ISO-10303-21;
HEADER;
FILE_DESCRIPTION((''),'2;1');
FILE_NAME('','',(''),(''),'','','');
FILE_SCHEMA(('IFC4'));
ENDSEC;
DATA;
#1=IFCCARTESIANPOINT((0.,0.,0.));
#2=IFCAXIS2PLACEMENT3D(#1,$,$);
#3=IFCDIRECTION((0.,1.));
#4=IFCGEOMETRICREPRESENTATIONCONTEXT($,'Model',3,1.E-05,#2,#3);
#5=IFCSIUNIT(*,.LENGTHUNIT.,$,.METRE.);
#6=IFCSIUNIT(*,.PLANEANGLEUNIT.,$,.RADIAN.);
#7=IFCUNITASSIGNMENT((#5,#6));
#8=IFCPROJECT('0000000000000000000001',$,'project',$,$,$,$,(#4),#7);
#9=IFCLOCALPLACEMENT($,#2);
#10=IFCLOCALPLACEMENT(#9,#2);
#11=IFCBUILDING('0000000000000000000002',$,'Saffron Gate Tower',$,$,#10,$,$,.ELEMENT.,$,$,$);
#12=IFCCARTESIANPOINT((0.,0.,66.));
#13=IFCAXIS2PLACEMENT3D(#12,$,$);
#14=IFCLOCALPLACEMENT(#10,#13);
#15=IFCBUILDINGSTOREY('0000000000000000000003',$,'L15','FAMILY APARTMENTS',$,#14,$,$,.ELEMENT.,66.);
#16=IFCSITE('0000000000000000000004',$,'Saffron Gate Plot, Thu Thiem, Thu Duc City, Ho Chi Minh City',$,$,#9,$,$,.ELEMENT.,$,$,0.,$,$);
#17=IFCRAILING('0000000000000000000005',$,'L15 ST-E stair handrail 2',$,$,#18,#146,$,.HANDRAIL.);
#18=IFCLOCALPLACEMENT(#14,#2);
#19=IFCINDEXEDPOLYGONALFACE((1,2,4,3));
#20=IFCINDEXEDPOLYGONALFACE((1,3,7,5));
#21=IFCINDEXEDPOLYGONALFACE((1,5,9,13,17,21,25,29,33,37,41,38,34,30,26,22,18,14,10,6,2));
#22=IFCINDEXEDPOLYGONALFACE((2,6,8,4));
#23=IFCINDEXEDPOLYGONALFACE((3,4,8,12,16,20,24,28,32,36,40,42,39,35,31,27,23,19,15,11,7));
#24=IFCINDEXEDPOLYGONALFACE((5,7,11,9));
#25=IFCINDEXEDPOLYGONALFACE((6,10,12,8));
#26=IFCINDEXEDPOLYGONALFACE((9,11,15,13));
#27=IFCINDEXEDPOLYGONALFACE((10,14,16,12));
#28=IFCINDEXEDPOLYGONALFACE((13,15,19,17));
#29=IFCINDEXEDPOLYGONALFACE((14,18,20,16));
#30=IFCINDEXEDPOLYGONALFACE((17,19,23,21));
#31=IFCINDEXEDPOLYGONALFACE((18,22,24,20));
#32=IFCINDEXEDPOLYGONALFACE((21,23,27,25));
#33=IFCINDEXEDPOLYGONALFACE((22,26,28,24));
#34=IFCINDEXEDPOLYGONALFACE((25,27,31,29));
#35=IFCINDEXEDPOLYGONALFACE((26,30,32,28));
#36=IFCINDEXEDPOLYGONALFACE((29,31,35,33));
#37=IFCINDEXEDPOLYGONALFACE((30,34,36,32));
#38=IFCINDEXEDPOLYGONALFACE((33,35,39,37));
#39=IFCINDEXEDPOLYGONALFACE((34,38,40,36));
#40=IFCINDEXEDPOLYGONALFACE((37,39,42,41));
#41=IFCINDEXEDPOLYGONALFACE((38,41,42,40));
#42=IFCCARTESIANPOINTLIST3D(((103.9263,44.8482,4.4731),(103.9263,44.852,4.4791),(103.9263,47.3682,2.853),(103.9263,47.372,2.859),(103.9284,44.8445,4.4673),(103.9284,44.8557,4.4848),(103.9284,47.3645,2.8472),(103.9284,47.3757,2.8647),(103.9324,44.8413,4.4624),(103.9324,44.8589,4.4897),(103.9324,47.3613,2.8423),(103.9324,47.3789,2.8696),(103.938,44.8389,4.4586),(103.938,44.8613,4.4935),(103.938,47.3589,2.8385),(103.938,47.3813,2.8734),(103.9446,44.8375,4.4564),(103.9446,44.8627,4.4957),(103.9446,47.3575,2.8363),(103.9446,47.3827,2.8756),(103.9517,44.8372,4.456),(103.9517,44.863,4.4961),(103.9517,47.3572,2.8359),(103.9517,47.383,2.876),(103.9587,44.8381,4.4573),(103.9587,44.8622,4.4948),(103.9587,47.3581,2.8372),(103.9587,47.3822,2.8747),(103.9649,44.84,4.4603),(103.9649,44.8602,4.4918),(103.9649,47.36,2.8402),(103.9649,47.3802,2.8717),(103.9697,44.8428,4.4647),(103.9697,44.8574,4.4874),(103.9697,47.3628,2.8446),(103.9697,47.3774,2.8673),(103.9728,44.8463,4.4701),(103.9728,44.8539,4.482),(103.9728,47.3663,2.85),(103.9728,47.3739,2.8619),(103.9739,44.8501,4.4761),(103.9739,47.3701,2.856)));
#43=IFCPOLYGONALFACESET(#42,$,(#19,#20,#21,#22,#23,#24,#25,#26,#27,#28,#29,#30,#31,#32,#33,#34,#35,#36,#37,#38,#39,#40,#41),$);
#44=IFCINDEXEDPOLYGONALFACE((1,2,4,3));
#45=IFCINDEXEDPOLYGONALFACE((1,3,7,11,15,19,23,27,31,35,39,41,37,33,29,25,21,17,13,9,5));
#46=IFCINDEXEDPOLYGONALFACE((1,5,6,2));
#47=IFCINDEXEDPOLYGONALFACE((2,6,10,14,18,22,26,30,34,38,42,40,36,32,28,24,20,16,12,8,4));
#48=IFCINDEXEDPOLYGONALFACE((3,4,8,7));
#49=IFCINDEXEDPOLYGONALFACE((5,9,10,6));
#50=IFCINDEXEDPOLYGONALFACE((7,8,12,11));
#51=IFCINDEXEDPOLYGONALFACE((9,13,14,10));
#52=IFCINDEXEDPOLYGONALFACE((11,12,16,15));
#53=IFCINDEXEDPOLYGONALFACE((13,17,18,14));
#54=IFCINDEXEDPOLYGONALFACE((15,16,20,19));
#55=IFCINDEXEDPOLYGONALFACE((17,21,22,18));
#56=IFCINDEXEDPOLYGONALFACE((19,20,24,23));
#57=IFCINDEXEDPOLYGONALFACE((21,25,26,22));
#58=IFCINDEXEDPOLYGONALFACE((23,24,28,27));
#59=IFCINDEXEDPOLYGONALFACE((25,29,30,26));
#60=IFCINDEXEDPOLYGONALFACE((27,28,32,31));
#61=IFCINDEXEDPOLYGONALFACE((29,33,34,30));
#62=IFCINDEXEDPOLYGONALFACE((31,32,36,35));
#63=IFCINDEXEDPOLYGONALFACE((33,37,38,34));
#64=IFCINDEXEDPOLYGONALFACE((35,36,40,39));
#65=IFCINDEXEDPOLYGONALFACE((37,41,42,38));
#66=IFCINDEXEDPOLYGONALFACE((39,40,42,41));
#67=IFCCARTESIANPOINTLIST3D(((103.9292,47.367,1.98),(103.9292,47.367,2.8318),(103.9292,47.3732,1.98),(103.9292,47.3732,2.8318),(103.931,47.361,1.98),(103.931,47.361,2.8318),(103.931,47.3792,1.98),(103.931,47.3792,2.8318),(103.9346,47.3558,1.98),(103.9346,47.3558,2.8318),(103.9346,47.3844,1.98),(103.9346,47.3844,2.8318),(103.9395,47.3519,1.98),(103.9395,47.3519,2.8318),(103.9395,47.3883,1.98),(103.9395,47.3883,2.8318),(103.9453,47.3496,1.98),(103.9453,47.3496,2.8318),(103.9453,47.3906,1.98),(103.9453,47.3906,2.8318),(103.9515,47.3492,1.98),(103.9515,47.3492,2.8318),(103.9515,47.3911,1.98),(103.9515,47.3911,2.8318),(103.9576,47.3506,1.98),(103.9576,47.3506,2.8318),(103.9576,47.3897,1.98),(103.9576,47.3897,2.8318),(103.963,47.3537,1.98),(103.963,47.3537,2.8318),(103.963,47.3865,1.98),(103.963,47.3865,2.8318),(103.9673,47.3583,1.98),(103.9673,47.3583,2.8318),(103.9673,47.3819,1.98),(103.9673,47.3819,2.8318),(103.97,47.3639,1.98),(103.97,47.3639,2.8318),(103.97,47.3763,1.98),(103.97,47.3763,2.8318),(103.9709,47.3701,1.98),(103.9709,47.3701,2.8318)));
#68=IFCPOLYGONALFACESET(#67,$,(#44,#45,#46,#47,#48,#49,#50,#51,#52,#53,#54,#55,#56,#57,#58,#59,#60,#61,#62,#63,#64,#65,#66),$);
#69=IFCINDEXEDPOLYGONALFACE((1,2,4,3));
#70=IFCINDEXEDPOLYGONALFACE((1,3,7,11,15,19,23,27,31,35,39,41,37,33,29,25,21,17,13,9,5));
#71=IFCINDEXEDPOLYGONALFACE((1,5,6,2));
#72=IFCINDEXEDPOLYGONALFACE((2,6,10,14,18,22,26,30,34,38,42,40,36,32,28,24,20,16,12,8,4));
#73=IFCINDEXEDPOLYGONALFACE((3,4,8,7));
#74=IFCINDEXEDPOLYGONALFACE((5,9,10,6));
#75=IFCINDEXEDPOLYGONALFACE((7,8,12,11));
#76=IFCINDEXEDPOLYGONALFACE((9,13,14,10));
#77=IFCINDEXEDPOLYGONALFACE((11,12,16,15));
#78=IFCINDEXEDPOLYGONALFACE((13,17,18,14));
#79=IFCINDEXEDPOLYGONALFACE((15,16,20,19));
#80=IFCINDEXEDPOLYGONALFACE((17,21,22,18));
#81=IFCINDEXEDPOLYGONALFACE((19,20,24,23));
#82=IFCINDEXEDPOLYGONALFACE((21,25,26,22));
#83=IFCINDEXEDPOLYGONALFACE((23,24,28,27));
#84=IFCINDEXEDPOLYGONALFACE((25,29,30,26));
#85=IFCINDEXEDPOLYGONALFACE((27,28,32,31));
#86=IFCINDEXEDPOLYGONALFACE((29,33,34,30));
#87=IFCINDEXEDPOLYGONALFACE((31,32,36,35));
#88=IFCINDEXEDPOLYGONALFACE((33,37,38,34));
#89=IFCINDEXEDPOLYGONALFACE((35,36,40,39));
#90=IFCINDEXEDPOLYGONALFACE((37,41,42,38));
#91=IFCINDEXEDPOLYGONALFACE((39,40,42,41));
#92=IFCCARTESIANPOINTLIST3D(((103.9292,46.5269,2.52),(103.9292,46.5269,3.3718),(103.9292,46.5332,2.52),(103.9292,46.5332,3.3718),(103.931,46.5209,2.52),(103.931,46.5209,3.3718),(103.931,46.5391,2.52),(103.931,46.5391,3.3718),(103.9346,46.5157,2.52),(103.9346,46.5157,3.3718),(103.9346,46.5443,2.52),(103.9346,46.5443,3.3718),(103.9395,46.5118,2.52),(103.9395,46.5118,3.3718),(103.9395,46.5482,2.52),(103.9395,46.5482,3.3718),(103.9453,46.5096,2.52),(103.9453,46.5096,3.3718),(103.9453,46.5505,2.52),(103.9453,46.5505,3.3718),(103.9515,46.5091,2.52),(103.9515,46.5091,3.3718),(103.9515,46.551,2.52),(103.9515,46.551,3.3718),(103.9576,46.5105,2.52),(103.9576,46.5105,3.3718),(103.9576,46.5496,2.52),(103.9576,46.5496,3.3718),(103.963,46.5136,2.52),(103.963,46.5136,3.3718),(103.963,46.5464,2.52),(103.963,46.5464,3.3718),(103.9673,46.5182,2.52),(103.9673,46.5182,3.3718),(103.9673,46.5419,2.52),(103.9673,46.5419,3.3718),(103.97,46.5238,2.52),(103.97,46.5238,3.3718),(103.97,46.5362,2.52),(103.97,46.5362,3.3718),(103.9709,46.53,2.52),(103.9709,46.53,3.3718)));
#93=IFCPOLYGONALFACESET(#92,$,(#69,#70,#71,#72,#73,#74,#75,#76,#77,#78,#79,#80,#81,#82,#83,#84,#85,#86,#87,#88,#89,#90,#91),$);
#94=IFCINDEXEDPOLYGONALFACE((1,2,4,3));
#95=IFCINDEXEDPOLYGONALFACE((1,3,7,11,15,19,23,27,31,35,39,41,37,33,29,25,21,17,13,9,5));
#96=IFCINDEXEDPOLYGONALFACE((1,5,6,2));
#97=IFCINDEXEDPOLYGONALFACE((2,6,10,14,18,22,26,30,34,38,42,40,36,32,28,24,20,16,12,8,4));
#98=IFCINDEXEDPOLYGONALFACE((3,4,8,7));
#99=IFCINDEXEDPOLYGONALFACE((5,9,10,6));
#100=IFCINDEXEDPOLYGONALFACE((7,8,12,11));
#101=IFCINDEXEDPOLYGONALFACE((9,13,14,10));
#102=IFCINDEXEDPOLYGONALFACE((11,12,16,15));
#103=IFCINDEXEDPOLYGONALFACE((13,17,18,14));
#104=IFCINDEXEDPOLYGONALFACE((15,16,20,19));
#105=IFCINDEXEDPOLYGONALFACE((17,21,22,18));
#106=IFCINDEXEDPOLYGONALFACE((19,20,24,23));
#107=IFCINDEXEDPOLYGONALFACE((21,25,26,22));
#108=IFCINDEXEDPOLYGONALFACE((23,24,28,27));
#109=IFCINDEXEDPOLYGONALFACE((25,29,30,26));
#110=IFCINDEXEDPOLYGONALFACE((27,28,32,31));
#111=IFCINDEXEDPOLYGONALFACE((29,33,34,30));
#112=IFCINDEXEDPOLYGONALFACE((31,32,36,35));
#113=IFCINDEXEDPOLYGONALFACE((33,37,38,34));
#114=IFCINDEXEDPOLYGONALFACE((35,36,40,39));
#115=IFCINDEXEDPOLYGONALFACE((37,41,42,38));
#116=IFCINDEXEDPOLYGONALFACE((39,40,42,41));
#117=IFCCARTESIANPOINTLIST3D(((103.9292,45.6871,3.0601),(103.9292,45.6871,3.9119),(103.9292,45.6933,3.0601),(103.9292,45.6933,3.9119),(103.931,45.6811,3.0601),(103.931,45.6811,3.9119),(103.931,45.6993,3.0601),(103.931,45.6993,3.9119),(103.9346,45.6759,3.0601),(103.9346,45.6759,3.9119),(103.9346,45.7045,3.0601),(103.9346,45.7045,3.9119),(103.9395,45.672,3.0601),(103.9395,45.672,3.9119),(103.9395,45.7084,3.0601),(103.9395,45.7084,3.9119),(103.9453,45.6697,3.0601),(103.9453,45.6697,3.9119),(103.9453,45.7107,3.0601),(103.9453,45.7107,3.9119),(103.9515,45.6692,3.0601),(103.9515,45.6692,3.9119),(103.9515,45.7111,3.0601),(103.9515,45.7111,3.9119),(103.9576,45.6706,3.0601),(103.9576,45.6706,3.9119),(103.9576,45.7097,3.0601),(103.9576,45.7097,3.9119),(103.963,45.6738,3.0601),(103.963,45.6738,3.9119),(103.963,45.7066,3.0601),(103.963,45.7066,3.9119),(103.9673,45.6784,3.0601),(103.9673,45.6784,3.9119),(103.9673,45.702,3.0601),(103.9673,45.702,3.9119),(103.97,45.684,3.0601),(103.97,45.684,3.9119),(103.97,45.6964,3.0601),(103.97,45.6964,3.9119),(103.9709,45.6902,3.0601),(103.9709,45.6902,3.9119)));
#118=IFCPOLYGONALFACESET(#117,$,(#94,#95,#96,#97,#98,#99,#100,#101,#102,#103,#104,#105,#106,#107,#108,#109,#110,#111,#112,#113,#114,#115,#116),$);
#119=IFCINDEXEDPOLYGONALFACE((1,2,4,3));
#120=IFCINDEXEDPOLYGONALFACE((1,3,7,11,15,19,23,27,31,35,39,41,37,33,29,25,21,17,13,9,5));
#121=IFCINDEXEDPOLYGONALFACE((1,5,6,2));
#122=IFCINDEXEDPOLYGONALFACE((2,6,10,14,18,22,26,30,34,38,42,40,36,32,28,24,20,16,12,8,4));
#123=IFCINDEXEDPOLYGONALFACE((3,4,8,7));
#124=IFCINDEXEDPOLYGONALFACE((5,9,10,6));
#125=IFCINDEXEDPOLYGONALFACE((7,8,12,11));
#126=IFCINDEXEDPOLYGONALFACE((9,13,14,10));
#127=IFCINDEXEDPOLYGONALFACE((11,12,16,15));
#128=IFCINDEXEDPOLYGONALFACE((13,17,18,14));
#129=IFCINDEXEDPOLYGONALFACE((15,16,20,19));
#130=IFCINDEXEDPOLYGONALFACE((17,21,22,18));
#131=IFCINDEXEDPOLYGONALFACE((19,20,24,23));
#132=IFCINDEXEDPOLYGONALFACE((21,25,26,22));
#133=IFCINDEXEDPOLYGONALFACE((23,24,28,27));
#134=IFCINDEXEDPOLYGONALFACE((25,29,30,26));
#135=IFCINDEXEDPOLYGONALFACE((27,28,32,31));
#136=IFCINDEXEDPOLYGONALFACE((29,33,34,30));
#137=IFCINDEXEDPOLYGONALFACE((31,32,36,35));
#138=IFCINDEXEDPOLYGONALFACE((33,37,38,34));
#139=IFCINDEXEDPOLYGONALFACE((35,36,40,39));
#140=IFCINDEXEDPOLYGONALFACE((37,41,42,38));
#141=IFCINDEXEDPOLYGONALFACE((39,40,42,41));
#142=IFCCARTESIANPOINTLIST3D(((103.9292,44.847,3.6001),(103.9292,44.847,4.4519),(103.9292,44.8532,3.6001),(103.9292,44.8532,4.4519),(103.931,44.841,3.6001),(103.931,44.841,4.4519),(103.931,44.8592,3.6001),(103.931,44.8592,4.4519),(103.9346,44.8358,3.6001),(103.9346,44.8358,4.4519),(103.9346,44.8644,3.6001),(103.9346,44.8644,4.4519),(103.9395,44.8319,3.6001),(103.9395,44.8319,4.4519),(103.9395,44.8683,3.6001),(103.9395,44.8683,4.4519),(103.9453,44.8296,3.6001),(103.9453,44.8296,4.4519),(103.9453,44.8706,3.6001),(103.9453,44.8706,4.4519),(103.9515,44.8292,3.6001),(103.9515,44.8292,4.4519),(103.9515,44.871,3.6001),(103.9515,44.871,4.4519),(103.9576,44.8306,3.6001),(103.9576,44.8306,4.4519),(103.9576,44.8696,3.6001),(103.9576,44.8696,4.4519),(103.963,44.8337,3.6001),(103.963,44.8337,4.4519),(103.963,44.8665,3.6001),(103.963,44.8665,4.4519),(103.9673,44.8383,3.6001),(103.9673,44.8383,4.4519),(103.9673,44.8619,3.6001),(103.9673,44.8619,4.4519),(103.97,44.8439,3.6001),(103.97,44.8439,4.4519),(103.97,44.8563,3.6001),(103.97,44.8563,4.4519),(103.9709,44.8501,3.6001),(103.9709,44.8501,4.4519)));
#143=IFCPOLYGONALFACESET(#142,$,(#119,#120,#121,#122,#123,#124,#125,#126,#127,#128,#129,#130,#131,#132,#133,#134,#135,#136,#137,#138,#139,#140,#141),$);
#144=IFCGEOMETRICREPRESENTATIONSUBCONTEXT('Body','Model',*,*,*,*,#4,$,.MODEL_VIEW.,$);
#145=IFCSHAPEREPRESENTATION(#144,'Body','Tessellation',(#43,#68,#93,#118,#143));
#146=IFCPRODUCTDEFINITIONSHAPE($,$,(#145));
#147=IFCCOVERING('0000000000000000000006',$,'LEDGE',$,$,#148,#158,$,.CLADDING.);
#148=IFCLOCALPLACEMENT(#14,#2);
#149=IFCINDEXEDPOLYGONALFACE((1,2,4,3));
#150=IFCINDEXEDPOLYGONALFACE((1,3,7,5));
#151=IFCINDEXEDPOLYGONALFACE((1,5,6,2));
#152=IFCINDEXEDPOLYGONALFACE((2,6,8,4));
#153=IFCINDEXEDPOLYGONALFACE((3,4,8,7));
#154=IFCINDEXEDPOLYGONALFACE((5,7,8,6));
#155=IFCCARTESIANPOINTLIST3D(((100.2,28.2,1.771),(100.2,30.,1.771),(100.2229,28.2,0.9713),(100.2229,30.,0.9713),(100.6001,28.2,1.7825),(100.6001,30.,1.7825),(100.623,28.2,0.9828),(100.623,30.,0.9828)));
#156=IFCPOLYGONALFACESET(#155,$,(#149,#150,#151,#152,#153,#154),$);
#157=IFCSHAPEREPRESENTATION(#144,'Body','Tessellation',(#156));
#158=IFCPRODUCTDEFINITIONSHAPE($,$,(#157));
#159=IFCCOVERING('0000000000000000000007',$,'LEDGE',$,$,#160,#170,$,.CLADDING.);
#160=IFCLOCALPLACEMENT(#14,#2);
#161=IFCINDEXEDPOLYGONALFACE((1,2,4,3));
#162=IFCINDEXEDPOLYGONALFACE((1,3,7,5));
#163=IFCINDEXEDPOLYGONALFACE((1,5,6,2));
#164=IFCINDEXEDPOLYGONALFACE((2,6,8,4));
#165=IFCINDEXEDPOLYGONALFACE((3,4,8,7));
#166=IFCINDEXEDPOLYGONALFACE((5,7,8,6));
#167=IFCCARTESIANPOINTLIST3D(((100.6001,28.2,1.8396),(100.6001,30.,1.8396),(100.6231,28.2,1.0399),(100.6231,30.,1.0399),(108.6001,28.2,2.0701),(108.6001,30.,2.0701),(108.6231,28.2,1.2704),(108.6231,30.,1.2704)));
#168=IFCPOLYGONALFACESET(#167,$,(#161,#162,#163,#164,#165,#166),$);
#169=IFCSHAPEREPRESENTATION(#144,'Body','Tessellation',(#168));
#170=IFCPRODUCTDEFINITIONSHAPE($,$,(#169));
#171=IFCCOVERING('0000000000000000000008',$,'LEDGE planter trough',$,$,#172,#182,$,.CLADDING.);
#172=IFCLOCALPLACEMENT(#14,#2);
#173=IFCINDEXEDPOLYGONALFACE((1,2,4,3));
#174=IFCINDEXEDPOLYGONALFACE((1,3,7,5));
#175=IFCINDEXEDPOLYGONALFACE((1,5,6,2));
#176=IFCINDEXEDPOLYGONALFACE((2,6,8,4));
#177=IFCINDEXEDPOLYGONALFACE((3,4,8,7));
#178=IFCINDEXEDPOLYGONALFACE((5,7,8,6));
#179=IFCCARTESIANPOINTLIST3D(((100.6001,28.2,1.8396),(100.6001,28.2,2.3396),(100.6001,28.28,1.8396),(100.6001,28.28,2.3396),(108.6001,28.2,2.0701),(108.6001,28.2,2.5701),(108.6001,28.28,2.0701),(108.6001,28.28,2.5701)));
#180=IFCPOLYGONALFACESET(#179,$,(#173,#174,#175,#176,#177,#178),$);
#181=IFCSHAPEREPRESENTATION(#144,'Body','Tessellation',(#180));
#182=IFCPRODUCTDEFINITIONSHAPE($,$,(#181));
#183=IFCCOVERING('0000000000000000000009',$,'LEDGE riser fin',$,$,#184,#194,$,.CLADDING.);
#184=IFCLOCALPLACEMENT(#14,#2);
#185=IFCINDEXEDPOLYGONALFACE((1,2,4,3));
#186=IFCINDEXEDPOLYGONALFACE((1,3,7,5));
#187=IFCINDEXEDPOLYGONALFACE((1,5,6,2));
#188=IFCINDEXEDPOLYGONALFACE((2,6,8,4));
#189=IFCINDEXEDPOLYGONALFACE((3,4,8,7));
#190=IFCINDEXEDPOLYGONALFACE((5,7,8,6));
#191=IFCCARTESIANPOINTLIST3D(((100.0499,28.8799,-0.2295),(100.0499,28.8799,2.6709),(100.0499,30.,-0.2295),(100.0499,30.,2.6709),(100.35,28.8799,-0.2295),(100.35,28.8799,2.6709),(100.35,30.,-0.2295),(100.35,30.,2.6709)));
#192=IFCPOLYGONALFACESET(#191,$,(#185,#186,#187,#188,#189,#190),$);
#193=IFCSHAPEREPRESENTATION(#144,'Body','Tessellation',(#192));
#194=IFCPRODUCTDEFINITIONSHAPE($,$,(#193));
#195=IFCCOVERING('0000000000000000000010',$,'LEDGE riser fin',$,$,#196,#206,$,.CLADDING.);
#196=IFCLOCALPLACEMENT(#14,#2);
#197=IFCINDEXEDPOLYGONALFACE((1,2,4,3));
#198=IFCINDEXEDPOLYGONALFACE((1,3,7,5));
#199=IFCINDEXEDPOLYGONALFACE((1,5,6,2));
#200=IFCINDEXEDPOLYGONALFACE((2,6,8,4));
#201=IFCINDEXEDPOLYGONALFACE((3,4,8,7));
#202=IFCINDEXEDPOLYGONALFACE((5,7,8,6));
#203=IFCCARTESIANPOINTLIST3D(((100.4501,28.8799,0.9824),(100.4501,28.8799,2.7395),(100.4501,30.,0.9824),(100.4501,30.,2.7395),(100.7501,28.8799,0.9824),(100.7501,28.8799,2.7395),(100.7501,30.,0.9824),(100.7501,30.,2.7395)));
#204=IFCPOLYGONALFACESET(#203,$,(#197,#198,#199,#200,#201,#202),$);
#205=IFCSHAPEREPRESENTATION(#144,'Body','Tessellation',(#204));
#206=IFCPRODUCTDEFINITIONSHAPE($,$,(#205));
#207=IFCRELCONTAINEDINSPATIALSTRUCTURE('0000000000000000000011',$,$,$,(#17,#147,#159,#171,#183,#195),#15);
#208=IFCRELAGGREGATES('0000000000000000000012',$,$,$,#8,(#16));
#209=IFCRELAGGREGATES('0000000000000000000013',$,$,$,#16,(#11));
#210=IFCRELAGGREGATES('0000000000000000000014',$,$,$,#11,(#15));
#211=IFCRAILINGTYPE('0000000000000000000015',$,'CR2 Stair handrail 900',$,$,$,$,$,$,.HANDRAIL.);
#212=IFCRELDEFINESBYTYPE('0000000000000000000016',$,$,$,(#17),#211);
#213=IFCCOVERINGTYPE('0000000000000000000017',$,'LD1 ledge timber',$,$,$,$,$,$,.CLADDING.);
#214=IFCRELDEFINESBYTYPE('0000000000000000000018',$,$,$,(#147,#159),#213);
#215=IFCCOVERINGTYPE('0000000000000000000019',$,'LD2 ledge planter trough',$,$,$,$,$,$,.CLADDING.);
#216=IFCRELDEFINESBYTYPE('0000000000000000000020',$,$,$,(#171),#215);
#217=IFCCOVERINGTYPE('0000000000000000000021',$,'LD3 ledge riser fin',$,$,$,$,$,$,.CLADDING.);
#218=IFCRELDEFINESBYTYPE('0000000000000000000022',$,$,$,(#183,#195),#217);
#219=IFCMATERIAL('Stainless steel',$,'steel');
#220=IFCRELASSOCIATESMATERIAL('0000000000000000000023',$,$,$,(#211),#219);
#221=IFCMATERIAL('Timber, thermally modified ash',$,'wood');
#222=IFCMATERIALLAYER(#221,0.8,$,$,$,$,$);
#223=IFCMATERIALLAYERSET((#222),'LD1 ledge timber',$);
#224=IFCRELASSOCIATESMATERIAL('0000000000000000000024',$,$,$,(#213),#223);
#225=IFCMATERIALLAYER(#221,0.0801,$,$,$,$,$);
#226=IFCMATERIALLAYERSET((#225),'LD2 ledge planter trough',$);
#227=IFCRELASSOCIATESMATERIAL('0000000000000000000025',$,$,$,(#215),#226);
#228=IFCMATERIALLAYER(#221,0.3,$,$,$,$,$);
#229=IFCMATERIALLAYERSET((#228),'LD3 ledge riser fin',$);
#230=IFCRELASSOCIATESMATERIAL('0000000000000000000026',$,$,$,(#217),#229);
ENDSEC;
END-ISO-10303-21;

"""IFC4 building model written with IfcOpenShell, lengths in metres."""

from ifc_helpers import new_model, si_unit, direction, frame, origin, origin_2d, place, context, subcontext, project, spatial, polyline, rectangle, circle, outline, extrude, material, layer, layer_set, type_object, element, save


model = new_model("IFC4")

# Units and contexts
model_context = context("Model", 3, precision=1e-05, world=origin(), true_north=direction((0.0, 1.0)))
body_context = subcontext(model_context, "Body", "Model", "MODEL_VIEW")
ifc_project = project(units=[si_unit("LENGTHUNIT", "METRE"), si_unit("PLANEANGLEUNIT", "RADIAN")], contexts=[model_context])

# Site, building, storey
site_placement = place(None, origin())
site = spatial("IfcSite", under=ifc_project, at=site_placement, Name="Saffron Gate Plot, Thu Thiem, Thu Duc City, Ho Chi Minh City", CompositionType="ELEMENT", RefElevation=0.0)
building_placement = place(site_placement, origin())
building = spatial("IfcBuilding", under=site, at=building_placement, Name="Saffron Gate Tower", CompositionType="ELEMENT")
storey_placement = place(building_placement, frame((0.0, 0.0, 66.0)))
storey = spatial("IfcBuildingStorey", under=building, at=storey_placement, Name="L15", Description="FAMILY APARTMENTS", CompositionType="ELEMENT", Elevation=66.0)

# Railing
ifc_material_1 = material(Name="Stainless steel", Category="steel")
railing_type_1 = type_object("IfcRailingType", Name="CR2 Stair handrail 900", PredefinedType="HANDRAIL", material=ifc_material_1)
railing_1_placement = place(storey_placement, frame((103.95, 47.3701, 1.98)))
element("IfcRailing", 1, at=railing_1_placement, inside=storey, type_object=railing_type_1, Name="L15 ST-E stair handrail 2", PredefinedType="HANDRAIL", context=body_context, shape_type="SweptSolid", body=[
    extrude(circle(Radius=0.0239, at=origin_2d()), frame((0.0, 0.0, 0.876), z_axis=(0.0, -0.841163, 0.540782), x_axis=(1.0, 0.0, 0.0)), (0.0, 0.0, 1.0), 2.9958),
    extrude(circle(Radius=0.021, at=origin_2d()), origin(), (0.0, 0.0, 1.0), 0.8518),
    extrude(circle(Radius=0.021, at=origin_2d()), frame((0.0, -0.8401, 0.54)), (0.0, 0.0, 1.0), 0.8518),
    extrude(circle(Radius=0.021, at=origin_2d()), frame((0.0, -1.6799, 1.0801)), (0.0, 0.0, 1.0), 0.8518),
    extrude(circle(Radius=0.021, at=origin_2d()), frame((0.0, -2.52, 1.6201)), (0.0, 0.0, 1.0), 0.8518),
])

# Coverings
ifc_material_2 = material(Name="Timber, thermally modified ash", Category="wood")
ifc_layer_1 = layer(ifc_material_2, 0.8)
ifc_layer_set_1 = layer_set([ifc_layer_1], Name="LD1 ledge timber")
covering_type_1 = type_object("IfcCoveringType", Name="LD1 ledge timber", PredefinedType="CLADDING", material=ifc_layer_set_1)
covering_1_placement = place(storey_placement, frame((100.2, 30.0, 1.771), z_axis=(-0.028664, 0.0, 0.999589), x_axis=(0.999589, 0.0, 0.028664)))
element("IfcCovering", 2, at=covering_1_placement, inside=storey, type_object=covering_type_1, Name="LEDGE", PredefinedType="CLADDING", context=body_context, shape_type="SweptSolid", body=[
    extrude(outline(polyline([(0.0, 0.0), (0.4003, 0.0), (0.4003, -1.8), (0.0, -1.8), (0.0, 0.0)])), origin(), (0.0, 0.0, -1.0), 0.8),
])
covering_2_placement = place(storey_placement, frame((100.6001, 30.0, 1.8396), z_axis=(-0.028797, 0.0, 0.999585), x_axis=(0.999585, 0.0, 0.028797)))
element("IfcCovering", 3, at=covering_2_placement, inside=storey, type_object=covering_type_1, Name="LEDGE", PredefinedType="CLADDING", context=body_context, shape_type="SweptSolid", body=[
    extrude(outline(polyline([(0.0, 0.0), (8.0033, 0.0), (8.0033, -1.8), (0.0, -1.8), (0.0, 0.0)])), origin(), (0.0, 0.0, -1.0), 0.8),
])
ifc_layer_2 = layer(ifc_material_2, 0.0801)
ifc_layer_set_2 = layer_set([ifc_layer_2], Name="LD2 ledge planter trough")
covering_type_2 = type_object("IfcCoveringType", Name="LD2 ledge planter trough", PredefinedType="CLADDING", material=ifc_layer_set_2)
covering_3_placement = place(storey_placement, frame((100.6001, 28.2, 1.8396), z_axis=(0.0, -1.0, 0.0), x_axis=(0.999585, 0.0, 0.028797)))
element("IfcCovering", 4, at=covering_3_placement, inside=storey, type_object=covering_type_2, Name="LEDGE planter trough", PredefinedType="CLADDING", context=body_context, shape_type="SweptSolid", body=[
    extrude(outline(polyline([(0.0, 0.0), (8.0033, 0.0), (8.0177, 0.4998), (0.0144, 0.4998), (0.0, 0.0)])), origin(), (0.0, 0.0, -1.0), 0.0801),
])
ifc_layer_3 = layer(ifc_material_2, 0.3)
ifc_layer_set_3 = layer_set([ifc_layer_3], Name="LD3 ledge riser fin")
covering_type_3 = type_object("IfcCoveringType", Name="LD3 ledge riser fin", PredefinedType="CLADDING", material=ifc_layer_set_3)
covering_4_placement = place(storey_placement, frame((100.2, 29.4399, -0.2295), z_axis=(0.0, 0.0, 1.0), x_axis=(1.0, 0.0, 0.0)))
element("IfcCovering", 5, at=covering_4_placement, inside=storey, type_object=covering_type_3, Name="LEDGE riser fin", PredefinedType="CLADDING", context=body_context, shape_type="SweptSolid", body=[
    extrude(rectangle(XDim=0.3, YDim=1.1201, at=origin_2d()), origin(), (0.0, 0.0, 1.0), 2.9004),
])
covering_5_placement = place(storey_placement, frame((100.6001, 29.4399, 0.9824), z_axis=(0.0, 0.0, 1.0), x_axis=(1.0, 0.0, 0.0)))
element("IfcCovering", 6, at=covering_5_placement, inside=storey, type_object=covering_type_3, Name="LEDGE riser fin", PredefinedType="CLADDING", context=body_context, shape_type="SweptSolid", body=[
    extrude(rectangle(XDim=0.3, YDim=1.1201, at=origin_2d()), origin(), (0.0, 0.0, 1.0), 1.7571),
])

save(model, "model.ifc")
